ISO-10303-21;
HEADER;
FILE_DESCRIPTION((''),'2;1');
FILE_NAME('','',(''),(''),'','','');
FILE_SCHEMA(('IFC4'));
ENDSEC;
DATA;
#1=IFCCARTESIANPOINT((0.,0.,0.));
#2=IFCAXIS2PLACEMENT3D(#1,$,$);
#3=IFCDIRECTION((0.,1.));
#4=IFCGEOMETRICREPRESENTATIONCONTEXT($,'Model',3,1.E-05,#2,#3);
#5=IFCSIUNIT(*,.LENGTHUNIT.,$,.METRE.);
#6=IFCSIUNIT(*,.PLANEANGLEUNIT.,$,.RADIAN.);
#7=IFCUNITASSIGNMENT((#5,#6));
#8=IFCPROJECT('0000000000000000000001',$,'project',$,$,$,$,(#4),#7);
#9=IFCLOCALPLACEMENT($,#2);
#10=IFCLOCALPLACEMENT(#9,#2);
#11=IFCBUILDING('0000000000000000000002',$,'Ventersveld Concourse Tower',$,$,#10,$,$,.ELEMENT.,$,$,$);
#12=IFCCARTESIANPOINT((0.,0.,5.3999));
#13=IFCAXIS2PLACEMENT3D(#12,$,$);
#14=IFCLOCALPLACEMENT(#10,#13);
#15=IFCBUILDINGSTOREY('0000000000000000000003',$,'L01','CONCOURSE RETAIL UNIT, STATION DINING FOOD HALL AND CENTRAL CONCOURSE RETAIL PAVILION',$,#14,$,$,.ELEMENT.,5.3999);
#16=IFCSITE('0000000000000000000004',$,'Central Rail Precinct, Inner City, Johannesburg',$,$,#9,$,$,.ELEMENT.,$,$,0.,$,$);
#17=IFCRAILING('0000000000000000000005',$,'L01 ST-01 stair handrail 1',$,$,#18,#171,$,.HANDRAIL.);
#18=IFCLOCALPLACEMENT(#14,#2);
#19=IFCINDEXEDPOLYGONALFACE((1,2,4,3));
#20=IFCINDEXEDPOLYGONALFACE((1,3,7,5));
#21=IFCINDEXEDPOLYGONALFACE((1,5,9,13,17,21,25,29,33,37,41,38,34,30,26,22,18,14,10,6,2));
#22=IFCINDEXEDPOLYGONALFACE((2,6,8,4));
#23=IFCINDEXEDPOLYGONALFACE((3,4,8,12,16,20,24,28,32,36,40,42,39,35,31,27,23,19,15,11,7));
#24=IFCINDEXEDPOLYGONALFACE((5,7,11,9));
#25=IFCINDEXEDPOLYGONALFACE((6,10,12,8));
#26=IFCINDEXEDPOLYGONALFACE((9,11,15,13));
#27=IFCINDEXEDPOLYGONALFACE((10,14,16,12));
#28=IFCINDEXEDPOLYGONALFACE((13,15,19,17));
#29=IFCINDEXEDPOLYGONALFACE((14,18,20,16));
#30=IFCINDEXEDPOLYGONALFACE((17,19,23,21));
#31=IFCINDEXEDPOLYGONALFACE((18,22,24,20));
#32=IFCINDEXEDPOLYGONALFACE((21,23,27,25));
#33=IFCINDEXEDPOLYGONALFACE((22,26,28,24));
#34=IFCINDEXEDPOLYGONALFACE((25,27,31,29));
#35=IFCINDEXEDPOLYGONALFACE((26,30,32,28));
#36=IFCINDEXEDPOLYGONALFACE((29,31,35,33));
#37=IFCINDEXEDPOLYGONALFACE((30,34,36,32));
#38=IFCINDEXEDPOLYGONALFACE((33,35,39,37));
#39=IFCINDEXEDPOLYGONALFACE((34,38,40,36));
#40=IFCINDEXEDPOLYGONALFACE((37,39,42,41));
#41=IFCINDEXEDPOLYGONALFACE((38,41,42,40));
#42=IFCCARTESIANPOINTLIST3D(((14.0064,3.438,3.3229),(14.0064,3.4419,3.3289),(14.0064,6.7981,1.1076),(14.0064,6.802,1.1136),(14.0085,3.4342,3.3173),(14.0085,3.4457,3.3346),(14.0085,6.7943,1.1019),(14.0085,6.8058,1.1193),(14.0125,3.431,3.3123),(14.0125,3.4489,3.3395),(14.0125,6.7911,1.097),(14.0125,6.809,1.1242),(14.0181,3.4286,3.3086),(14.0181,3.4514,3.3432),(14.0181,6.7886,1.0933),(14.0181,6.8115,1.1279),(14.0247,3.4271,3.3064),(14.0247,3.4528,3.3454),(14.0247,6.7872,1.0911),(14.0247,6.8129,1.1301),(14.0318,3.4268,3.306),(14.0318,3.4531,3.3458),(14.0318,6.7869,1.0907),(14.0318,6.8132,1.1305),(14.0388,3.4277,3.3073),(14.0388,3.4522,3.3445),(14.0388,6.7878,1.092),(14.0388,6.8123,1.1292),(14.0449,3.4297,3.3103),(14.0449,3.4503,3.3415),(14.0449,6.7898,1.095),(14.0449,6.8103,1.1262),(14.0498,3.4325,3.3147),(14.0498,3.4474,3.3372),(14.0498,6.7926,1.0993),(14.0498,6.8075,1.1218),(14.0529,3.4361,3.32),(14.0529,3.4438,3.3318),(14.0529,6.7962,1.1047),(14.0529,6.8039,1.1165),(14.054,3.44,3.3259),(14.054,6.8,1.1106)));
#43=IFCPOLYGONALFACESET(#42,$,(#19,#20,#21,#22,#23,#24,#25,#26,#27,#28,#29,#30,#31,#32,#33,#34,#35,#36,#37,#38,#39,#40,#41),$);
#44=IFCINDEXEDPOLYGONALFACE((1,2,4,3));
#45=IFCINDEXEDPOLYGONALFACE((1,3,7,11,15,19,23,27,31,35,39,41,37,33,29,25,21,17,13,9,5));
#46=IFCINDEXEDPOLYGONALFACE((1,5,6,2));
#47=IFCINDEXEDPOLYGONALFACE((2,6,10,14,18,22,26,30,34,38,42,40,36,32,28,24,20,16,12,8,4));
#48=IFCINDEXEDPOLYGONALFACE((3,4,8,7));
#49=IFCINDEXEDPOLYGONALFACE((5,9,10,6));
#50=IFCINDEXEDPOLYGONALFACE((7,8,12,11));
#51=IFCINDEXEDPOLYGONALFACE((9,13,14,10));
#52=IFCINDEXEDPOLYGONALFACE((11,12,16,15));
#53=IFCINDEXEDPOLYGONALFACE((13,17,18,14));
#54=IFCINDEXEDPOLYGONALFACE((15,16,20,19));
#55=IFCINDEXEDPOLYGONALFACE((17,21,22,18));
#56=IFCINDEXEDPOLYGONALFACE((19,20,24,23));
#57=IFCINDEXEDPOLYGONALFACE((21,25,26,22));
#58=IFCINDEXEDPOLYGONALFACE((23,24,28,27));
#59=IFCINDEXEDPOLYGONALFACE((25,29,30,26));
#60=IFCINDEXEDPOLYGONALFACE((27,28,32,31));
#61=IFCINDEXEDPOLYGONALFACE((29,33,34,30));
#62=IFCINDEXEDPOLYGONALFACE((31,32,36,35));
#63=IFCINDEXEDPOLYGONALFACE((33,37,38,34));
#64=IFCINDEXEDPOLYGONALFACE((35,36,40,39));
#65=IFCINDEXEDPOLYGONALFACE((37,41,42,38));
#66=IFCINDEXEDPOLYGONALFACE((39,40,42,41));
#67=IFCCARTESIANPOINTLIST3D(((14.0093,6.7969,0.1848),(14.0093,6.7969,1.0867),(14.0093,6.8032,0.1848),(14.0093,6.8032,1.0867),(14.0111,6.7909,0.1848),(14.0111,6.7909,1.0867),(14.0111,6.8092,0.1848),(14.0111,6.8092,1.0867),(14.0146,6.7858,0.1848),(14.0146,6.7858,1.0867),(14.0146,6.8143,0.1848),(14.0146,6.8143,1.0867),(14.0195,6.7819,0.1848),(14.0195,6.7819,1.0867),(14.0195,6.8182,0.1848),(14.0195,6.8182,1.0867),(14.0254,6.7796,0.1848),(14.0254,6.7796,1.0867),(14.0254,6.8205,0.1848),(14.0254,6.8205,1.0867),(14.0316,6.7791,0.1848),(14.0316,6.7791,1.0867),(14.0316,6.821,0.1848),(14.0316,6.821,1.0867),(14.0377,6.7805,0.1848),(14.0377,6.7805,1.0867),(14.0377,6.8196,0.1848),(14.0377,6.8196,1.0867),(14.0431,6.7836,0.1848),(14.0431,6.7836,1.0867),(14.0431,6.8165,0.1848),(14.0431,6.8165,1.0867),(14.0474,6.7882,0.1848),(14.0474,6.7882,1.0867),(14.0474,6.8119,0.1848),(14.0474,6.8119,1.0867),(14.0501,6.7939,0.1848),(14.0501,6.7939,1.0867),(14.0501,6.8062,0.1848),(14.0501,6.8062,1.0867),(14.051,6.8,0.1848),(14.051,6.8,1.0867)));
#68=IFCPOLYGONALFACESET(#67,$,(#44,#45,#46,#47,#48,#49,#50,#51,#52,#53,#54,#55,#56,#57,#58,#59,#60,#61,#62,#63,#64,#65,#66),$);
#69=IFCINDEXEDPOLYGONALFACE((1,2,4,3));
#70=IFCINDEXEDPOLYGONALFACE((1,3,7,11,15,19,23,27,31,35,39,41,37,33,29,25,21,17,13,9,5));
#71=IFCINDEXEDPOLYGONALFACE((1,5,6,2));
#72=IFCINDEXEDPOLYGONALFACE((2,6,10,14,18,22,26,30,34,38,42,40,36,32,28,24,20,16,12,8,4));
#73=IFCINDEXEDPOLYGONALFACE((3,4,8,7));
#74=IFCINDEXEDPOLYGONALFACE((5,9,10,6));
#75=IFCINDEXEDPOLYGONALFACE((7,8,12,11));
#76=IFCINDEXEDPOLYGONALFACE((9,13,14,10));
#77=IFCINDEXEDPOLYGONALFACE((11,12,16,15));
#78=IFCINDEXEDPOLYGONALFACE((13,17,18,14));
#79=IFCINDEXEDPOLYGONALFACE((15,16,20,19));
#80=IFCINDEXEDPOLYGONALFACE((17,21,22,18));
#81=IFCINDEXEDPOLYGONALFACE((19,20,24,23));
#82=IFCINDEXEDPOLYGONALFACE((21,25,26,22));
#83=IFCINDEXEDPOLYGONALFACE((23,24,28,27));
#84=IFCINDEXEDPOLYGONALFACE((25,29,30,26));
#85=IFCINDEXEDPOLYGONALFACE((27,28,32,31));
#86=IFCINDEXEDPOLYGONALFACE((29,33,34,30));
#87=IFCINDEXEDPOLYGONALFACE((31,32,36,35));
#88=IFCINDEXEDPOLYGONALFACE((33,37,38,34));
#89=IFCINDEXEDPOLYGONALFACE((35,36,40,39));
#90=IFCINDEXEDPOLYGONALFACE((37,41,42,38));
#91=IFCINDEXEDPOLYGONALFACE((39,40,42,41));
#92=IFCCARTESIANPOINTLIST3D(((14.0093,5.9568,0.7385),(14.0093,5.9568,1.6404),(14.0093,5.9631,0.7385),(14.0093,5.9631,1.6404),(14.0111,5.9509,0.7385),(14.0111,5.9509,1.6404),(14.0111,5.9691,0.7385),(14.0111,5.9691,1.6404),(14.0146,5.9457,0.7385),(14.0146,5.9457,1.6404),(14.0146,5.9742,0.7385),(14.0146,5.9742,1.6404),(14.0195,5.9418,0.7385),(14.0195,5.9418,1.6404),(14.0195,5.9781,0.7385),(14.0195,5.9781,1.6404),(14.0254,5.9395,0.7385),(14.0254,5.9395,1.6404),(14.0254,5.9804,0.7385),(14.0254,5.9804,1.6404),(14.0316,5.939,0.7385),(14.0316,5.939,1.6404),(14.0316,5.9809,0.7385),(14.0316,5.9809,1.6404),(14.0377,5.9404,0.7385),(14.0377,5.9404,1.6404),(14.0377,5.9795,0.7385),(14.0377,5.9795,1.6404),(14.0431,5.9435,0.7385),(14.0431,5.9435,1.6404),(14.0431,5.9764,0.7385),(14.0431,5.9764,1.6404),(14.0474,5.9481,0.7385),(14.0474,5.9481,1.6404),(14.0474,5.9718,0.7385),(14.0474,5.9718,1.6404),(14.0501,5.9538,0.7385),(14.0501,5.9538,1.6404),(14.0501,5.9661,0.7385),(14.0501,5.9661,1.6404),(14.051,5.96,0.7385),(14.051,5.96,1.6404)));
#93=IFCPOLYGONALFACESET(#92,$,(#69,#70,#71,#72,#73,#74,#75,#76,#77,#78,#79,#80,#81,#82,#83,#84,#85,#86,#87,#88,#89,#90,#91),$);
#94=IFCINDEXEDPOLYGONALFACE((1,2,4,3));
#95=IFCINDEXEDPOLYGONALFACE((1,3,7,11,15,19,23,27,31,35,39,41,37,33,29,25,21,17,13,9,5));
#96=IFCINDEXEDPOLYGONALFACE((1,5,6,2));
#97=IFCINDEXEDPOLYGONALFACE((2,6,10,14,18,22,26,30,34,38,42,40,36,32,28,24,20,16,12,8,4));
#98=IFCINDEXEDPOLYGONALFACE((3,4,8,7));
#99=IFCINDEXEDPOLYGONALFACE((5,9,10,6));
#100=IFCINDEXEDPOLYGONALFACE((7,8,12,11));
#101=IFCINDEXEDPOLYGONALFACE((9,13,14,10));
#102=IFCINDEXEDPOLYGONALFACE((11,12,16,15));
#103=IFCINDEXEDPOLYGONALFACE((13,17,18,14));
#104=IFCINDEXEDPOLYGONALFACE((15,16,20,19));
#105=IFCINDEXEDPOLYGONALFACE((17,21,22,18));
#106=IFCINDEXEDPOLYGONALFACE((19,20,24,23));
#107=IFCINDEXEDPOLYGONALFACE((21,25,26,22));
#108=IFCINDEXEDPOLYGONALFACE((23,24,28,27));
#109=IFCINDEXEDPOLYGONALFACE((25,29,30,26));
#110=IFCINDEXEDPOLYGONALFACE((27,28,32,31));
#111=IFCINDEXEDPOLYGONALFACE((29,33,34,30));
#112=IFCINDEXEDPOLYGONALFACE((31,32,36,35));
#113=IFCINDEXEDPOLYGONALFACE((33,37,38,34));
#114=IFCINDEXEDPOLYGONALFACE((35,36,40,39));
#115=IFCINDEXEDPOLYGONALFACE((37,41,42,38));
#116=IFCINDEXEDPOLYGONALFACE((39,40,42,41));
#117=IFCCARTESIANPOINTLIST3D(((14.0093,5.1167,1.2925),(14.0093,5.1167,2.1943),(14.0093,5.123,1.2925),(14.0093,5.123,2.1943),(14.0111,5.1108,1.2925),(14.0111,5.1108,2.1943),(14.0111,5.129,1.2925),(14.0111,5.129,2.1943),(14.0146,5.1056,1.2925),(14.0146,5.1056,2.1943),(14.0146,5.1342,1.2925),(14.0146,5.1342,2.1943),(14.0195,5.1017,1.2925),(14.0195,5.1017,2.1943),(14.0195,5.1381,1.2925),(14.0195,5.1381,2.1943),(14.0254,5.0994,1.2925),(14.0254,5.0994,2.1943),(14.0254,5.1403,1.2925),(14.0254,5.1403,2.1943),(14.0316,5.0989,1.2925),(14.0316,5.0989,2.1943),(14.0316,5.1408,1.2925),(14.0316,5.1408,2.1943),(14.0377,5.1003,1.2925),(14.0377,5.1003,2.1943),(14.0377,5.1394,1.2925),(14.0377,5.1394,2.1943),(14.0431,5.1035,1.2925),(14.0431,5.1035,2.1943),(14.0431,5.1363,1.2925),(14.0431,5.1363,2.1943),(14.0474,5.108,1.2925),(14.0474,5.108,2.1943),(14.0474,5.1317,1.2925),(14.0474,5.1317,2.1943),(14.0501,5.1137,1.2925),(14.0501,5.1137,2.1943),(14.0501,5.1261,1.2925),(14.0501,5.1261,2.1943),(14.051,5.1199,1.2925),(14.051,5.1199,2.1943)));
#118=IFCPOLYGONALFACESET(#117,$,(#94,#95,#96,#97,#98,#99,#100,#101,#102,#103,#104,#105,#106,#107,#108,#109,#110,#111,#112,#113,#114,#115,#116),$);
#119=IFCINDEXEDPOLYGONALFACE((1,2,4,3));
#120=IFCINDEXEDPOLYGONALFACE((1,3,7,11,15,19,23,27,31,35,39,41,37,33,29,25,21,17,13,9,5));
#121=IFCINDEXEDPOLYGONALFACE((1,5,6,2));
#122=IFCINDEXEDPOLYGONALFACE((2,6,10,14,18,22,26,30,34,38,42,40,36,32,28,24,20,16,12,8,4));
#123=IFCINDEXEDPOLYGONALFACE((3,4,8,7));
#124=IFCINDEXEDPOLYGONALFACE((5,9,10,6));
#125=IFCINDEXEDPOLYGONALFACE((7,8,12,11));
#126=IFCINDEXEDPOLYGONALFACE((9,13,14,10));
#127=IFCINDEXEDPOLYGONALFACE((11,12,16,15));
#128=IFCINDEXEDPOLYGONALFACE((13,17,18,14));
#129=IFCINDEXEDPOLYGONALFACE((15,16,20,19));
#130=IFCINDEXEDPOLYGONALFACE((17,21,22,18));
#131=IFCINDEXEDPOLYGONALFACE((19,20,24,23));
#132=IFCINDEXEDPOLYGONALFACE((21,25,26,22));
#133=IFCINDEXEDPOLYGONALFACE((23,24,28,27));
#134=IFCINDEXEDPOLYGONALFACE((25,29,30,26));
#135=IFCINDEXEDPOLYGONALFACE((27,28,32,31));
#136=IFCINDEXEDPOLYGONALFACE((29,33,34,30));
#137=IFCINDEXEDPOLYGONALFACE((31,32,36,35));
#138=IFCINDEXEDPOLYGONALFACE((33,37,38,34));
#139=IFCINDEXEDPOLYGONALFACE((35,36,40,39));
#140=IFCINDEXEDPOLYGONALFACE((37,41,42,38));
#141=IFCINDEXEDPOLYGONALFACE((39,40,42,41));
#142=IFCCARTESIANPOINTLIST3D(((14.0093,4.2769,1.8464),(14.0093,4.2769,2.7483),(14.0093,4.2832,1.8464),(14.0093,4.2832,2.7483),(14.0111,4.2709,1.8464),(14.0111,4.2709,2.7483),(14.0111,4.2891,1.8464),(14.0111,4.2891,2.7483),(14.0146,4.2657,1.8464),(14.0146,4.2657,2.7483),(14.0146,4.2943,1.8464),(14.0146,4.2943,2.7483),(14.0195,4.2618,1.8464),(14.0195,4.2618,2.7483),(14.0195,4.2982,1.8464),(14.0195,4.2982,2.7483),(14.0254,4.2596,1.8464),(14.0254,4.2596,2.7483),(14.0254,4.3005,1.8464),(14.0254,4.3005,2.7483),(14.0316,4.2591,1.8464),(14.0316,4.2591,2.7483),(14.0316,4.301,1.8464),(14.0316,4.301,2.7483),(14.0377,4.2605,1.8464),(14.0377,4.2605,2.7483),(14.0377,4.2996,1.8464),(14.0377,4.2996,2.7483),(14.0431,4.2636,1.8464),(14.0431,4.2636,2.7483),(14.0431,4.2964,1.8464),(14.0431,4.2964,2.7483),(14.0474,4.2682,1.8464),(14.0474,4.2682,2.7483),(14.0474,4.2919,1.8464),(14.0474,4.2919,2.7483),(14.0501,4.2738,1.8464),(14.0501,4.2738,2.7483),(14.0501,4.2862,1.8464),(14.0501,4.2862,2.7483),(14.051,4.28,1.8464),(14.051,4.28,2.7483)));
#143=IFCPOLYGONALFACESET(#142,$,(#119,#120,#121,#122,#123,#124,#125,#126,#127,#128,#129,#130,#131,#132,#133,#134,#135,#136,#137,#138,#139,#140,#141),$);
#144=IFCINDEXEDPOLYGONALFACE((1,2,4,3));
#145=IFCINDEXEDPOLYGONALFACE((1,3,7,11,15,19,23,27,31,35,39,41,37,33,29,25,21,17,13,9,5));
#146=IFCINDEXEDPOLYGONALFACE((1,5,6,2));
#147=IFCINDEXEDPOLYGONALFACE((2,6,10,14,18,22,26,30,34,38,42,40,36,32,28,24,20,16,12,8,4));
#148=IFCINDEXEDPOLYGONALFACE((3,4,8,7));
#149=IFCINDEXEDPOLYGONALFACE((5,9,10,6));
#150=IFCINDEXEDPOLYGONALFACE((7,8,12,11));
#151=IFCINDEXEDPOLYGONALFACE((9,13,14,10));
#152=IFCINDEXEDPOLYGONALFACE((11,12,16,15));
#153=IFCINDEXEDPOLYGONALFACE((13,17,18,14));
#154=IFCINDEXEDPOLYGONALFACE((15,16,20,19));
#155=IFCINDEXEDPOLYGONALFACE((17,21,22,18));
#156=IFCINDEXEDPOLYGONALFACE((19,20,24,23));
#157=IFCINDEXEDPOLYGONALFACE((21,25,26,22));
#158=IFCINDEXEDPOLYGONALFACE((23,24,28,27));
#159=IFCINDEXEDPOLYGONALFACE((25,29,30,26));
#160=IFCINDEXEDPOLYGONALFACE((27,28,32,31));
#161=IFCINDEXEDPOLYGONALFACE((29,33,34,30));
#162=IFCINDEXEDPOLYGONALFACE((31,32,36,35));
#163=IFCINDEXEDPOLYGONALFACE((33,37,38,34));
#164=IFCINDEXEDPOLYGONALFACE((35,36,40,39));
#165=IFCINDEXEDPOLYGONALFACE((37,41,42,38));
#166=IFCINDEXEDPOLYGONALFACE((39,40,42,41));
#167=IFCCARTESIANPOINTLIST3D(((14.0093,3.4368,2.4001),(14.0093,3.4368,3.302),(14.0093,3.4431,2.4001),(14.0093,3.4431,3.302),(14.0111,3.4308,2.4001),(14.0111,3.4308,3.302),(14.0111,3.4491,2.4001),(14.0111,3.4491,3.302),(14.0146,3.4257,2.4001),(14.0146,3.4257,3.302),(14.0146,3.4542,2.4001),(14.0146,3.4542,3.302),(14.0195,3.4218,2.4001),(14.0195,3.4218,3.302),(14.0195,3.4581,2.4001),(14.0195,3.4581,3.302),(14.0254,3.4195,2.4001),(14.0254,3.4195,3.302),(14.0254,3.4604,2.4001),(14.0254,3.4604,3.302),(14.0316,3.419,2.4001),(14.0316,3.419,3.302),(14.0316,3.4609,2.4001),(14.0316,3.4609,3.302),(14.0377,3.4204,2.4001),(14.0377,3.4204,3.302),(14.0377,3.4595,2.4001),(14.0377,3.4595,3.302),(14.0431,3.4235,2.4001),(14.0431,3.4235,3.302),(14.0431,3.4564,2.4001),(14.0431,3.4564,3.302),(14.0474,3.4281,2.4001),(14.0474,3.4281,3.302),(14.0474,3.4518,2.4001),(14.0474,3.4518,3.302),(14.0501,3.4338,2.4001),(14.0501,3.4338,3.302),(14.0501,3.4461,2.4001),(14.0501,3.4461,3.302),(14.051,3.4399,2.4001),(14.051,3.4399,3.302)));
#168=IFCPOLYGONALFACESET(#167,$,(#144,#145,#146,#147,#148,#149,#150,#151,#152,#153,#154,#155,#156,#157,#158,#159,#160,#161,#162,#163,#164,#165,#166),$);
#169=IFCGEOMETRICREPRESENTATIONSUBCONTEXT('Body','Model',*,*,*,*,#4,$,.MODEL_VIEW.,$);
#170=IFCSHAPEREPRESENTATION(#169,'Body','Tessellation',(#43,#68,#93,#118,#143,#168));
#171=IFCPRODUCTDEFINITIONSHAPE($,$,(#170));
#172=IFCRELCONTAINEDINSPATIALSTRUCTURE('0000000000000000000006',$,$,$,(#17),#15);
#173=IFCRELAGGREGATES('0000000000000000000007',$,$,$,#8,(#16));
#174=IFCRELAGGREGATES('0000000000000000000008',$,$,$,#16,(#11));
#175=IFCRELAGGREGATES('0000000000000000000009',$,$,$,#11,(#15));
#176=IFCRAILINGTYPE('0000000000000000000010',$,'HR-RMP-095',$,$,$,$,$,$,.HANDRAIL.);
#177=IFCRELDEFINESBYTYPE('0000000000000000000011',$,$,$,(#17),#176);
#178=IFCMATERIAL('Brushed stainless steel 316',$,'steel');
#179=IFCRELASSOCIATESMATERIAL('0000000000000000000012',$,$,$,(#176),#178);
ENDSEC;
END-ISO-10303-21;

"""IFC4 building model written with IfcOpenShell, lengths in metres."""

from ifc_helpers import new_model, si_unit, direction, frame, origin, origin_2d, place, context, subcontext, project, spatial, circle, extrude, material, type_object, element, save


model = new_model("IFC4")

# Units and contexts
model_context = context("Model", 3, precision=1e-05, world=origin(), true_north=direction((0.0, 1.0)))
body_context = subcontext(model_context, "Body", "Model", "MODEL_VIEW")
ifc_project = project(units=[si_unit("LENGTHUNIT", "METRE"), si_unit("PLANEANGLEUNIT", "RADIAN")], contexts=[model_context])

# Site, building, storey
site_placement = place(None, origin())
site = spatial("IfcSite", under=ifc_project, at=site_placement, Name="Central Rail Precinct, Inner City, Johannesburg", CompositionType="ELEMENT", RefElevation=0.0)
building_placement = place(site_placement, origin())
building = spatial("IfcBuilding", under=site, at=building_placement, Name="Ventersveld Concourse Tower", CompositionType="ELEMENT")
storey_placement = place(building_placement, frame((0.0, 0.0, 5.3999)))
storey = spatial("IfcBuildingStorey", under=building, at=storey_placement, Name="L01", Description="CONCOURSE RETAIL UNIT, STATION DINING FOOD HALL AND CENTRAL CONCOURSE RETAIL PAVILION", CompositionType="ELEMENT", Elevation=5.3999)

# Shared definitions
ifc_material_1 = material(Name="Brushed stainless steel 316", Category="steel")

# Railing
railing_type_1 = type_object("IfcRailingType", Name="HR-RMP-095", PredefinedType="HANDRAIL", material=ifc_material_1)
railing_1_placement = place(storey_placement, frame((14.03, 6.8, 0.1848)))
element("IfcRailing", 1, at=railing_1_placement, inside=storey, type_object=railing_type_1, Name="L01 ST-01 stair handrail 1", PredefinedType="HANDRAIL", context=body_context, shape_type="SweptSolid", body=[
    extrude(circle(Radius=0.0239, at=origin_2d()), frame((0.0, 0.0, 0.9258), z_axis=(0.0, -0.834876, 0.550437), x_axis=(1.0, 0.0, 0.0)), (0.0, 0.0, 1.0), 4.0247),
    extrude(circle(Radius=0.021, at=origin_2d()), origin(), (0.0, 0.0, 1.0), 0.9019),
    extrude(circle(Radius=0.021, at=origin_2d()), frame((0.0, -0.8401, 0.5537)), (0.0, 0.0, 1.0), 0.9019),
    extrude(circle(Radius=0.021, at=origin_2d()), frame((0.0, -1.6802, 1.1077)), (0.0, 0.0, 1.0), 0.9019),
    extrude(circle(Radius=0.021, at=origin_2d()), frame((0.0, -2.52, 1.6616)), (0.0, 0.0, 1.0), 0.9019),
    extrude(circle(Radius=0.021, at=origin_2d()), frame((0.0, -3.3601, 2.2153)), (0.0, 0.0, 1.0), 0.9019),
])

save(model, "model.ifc")
